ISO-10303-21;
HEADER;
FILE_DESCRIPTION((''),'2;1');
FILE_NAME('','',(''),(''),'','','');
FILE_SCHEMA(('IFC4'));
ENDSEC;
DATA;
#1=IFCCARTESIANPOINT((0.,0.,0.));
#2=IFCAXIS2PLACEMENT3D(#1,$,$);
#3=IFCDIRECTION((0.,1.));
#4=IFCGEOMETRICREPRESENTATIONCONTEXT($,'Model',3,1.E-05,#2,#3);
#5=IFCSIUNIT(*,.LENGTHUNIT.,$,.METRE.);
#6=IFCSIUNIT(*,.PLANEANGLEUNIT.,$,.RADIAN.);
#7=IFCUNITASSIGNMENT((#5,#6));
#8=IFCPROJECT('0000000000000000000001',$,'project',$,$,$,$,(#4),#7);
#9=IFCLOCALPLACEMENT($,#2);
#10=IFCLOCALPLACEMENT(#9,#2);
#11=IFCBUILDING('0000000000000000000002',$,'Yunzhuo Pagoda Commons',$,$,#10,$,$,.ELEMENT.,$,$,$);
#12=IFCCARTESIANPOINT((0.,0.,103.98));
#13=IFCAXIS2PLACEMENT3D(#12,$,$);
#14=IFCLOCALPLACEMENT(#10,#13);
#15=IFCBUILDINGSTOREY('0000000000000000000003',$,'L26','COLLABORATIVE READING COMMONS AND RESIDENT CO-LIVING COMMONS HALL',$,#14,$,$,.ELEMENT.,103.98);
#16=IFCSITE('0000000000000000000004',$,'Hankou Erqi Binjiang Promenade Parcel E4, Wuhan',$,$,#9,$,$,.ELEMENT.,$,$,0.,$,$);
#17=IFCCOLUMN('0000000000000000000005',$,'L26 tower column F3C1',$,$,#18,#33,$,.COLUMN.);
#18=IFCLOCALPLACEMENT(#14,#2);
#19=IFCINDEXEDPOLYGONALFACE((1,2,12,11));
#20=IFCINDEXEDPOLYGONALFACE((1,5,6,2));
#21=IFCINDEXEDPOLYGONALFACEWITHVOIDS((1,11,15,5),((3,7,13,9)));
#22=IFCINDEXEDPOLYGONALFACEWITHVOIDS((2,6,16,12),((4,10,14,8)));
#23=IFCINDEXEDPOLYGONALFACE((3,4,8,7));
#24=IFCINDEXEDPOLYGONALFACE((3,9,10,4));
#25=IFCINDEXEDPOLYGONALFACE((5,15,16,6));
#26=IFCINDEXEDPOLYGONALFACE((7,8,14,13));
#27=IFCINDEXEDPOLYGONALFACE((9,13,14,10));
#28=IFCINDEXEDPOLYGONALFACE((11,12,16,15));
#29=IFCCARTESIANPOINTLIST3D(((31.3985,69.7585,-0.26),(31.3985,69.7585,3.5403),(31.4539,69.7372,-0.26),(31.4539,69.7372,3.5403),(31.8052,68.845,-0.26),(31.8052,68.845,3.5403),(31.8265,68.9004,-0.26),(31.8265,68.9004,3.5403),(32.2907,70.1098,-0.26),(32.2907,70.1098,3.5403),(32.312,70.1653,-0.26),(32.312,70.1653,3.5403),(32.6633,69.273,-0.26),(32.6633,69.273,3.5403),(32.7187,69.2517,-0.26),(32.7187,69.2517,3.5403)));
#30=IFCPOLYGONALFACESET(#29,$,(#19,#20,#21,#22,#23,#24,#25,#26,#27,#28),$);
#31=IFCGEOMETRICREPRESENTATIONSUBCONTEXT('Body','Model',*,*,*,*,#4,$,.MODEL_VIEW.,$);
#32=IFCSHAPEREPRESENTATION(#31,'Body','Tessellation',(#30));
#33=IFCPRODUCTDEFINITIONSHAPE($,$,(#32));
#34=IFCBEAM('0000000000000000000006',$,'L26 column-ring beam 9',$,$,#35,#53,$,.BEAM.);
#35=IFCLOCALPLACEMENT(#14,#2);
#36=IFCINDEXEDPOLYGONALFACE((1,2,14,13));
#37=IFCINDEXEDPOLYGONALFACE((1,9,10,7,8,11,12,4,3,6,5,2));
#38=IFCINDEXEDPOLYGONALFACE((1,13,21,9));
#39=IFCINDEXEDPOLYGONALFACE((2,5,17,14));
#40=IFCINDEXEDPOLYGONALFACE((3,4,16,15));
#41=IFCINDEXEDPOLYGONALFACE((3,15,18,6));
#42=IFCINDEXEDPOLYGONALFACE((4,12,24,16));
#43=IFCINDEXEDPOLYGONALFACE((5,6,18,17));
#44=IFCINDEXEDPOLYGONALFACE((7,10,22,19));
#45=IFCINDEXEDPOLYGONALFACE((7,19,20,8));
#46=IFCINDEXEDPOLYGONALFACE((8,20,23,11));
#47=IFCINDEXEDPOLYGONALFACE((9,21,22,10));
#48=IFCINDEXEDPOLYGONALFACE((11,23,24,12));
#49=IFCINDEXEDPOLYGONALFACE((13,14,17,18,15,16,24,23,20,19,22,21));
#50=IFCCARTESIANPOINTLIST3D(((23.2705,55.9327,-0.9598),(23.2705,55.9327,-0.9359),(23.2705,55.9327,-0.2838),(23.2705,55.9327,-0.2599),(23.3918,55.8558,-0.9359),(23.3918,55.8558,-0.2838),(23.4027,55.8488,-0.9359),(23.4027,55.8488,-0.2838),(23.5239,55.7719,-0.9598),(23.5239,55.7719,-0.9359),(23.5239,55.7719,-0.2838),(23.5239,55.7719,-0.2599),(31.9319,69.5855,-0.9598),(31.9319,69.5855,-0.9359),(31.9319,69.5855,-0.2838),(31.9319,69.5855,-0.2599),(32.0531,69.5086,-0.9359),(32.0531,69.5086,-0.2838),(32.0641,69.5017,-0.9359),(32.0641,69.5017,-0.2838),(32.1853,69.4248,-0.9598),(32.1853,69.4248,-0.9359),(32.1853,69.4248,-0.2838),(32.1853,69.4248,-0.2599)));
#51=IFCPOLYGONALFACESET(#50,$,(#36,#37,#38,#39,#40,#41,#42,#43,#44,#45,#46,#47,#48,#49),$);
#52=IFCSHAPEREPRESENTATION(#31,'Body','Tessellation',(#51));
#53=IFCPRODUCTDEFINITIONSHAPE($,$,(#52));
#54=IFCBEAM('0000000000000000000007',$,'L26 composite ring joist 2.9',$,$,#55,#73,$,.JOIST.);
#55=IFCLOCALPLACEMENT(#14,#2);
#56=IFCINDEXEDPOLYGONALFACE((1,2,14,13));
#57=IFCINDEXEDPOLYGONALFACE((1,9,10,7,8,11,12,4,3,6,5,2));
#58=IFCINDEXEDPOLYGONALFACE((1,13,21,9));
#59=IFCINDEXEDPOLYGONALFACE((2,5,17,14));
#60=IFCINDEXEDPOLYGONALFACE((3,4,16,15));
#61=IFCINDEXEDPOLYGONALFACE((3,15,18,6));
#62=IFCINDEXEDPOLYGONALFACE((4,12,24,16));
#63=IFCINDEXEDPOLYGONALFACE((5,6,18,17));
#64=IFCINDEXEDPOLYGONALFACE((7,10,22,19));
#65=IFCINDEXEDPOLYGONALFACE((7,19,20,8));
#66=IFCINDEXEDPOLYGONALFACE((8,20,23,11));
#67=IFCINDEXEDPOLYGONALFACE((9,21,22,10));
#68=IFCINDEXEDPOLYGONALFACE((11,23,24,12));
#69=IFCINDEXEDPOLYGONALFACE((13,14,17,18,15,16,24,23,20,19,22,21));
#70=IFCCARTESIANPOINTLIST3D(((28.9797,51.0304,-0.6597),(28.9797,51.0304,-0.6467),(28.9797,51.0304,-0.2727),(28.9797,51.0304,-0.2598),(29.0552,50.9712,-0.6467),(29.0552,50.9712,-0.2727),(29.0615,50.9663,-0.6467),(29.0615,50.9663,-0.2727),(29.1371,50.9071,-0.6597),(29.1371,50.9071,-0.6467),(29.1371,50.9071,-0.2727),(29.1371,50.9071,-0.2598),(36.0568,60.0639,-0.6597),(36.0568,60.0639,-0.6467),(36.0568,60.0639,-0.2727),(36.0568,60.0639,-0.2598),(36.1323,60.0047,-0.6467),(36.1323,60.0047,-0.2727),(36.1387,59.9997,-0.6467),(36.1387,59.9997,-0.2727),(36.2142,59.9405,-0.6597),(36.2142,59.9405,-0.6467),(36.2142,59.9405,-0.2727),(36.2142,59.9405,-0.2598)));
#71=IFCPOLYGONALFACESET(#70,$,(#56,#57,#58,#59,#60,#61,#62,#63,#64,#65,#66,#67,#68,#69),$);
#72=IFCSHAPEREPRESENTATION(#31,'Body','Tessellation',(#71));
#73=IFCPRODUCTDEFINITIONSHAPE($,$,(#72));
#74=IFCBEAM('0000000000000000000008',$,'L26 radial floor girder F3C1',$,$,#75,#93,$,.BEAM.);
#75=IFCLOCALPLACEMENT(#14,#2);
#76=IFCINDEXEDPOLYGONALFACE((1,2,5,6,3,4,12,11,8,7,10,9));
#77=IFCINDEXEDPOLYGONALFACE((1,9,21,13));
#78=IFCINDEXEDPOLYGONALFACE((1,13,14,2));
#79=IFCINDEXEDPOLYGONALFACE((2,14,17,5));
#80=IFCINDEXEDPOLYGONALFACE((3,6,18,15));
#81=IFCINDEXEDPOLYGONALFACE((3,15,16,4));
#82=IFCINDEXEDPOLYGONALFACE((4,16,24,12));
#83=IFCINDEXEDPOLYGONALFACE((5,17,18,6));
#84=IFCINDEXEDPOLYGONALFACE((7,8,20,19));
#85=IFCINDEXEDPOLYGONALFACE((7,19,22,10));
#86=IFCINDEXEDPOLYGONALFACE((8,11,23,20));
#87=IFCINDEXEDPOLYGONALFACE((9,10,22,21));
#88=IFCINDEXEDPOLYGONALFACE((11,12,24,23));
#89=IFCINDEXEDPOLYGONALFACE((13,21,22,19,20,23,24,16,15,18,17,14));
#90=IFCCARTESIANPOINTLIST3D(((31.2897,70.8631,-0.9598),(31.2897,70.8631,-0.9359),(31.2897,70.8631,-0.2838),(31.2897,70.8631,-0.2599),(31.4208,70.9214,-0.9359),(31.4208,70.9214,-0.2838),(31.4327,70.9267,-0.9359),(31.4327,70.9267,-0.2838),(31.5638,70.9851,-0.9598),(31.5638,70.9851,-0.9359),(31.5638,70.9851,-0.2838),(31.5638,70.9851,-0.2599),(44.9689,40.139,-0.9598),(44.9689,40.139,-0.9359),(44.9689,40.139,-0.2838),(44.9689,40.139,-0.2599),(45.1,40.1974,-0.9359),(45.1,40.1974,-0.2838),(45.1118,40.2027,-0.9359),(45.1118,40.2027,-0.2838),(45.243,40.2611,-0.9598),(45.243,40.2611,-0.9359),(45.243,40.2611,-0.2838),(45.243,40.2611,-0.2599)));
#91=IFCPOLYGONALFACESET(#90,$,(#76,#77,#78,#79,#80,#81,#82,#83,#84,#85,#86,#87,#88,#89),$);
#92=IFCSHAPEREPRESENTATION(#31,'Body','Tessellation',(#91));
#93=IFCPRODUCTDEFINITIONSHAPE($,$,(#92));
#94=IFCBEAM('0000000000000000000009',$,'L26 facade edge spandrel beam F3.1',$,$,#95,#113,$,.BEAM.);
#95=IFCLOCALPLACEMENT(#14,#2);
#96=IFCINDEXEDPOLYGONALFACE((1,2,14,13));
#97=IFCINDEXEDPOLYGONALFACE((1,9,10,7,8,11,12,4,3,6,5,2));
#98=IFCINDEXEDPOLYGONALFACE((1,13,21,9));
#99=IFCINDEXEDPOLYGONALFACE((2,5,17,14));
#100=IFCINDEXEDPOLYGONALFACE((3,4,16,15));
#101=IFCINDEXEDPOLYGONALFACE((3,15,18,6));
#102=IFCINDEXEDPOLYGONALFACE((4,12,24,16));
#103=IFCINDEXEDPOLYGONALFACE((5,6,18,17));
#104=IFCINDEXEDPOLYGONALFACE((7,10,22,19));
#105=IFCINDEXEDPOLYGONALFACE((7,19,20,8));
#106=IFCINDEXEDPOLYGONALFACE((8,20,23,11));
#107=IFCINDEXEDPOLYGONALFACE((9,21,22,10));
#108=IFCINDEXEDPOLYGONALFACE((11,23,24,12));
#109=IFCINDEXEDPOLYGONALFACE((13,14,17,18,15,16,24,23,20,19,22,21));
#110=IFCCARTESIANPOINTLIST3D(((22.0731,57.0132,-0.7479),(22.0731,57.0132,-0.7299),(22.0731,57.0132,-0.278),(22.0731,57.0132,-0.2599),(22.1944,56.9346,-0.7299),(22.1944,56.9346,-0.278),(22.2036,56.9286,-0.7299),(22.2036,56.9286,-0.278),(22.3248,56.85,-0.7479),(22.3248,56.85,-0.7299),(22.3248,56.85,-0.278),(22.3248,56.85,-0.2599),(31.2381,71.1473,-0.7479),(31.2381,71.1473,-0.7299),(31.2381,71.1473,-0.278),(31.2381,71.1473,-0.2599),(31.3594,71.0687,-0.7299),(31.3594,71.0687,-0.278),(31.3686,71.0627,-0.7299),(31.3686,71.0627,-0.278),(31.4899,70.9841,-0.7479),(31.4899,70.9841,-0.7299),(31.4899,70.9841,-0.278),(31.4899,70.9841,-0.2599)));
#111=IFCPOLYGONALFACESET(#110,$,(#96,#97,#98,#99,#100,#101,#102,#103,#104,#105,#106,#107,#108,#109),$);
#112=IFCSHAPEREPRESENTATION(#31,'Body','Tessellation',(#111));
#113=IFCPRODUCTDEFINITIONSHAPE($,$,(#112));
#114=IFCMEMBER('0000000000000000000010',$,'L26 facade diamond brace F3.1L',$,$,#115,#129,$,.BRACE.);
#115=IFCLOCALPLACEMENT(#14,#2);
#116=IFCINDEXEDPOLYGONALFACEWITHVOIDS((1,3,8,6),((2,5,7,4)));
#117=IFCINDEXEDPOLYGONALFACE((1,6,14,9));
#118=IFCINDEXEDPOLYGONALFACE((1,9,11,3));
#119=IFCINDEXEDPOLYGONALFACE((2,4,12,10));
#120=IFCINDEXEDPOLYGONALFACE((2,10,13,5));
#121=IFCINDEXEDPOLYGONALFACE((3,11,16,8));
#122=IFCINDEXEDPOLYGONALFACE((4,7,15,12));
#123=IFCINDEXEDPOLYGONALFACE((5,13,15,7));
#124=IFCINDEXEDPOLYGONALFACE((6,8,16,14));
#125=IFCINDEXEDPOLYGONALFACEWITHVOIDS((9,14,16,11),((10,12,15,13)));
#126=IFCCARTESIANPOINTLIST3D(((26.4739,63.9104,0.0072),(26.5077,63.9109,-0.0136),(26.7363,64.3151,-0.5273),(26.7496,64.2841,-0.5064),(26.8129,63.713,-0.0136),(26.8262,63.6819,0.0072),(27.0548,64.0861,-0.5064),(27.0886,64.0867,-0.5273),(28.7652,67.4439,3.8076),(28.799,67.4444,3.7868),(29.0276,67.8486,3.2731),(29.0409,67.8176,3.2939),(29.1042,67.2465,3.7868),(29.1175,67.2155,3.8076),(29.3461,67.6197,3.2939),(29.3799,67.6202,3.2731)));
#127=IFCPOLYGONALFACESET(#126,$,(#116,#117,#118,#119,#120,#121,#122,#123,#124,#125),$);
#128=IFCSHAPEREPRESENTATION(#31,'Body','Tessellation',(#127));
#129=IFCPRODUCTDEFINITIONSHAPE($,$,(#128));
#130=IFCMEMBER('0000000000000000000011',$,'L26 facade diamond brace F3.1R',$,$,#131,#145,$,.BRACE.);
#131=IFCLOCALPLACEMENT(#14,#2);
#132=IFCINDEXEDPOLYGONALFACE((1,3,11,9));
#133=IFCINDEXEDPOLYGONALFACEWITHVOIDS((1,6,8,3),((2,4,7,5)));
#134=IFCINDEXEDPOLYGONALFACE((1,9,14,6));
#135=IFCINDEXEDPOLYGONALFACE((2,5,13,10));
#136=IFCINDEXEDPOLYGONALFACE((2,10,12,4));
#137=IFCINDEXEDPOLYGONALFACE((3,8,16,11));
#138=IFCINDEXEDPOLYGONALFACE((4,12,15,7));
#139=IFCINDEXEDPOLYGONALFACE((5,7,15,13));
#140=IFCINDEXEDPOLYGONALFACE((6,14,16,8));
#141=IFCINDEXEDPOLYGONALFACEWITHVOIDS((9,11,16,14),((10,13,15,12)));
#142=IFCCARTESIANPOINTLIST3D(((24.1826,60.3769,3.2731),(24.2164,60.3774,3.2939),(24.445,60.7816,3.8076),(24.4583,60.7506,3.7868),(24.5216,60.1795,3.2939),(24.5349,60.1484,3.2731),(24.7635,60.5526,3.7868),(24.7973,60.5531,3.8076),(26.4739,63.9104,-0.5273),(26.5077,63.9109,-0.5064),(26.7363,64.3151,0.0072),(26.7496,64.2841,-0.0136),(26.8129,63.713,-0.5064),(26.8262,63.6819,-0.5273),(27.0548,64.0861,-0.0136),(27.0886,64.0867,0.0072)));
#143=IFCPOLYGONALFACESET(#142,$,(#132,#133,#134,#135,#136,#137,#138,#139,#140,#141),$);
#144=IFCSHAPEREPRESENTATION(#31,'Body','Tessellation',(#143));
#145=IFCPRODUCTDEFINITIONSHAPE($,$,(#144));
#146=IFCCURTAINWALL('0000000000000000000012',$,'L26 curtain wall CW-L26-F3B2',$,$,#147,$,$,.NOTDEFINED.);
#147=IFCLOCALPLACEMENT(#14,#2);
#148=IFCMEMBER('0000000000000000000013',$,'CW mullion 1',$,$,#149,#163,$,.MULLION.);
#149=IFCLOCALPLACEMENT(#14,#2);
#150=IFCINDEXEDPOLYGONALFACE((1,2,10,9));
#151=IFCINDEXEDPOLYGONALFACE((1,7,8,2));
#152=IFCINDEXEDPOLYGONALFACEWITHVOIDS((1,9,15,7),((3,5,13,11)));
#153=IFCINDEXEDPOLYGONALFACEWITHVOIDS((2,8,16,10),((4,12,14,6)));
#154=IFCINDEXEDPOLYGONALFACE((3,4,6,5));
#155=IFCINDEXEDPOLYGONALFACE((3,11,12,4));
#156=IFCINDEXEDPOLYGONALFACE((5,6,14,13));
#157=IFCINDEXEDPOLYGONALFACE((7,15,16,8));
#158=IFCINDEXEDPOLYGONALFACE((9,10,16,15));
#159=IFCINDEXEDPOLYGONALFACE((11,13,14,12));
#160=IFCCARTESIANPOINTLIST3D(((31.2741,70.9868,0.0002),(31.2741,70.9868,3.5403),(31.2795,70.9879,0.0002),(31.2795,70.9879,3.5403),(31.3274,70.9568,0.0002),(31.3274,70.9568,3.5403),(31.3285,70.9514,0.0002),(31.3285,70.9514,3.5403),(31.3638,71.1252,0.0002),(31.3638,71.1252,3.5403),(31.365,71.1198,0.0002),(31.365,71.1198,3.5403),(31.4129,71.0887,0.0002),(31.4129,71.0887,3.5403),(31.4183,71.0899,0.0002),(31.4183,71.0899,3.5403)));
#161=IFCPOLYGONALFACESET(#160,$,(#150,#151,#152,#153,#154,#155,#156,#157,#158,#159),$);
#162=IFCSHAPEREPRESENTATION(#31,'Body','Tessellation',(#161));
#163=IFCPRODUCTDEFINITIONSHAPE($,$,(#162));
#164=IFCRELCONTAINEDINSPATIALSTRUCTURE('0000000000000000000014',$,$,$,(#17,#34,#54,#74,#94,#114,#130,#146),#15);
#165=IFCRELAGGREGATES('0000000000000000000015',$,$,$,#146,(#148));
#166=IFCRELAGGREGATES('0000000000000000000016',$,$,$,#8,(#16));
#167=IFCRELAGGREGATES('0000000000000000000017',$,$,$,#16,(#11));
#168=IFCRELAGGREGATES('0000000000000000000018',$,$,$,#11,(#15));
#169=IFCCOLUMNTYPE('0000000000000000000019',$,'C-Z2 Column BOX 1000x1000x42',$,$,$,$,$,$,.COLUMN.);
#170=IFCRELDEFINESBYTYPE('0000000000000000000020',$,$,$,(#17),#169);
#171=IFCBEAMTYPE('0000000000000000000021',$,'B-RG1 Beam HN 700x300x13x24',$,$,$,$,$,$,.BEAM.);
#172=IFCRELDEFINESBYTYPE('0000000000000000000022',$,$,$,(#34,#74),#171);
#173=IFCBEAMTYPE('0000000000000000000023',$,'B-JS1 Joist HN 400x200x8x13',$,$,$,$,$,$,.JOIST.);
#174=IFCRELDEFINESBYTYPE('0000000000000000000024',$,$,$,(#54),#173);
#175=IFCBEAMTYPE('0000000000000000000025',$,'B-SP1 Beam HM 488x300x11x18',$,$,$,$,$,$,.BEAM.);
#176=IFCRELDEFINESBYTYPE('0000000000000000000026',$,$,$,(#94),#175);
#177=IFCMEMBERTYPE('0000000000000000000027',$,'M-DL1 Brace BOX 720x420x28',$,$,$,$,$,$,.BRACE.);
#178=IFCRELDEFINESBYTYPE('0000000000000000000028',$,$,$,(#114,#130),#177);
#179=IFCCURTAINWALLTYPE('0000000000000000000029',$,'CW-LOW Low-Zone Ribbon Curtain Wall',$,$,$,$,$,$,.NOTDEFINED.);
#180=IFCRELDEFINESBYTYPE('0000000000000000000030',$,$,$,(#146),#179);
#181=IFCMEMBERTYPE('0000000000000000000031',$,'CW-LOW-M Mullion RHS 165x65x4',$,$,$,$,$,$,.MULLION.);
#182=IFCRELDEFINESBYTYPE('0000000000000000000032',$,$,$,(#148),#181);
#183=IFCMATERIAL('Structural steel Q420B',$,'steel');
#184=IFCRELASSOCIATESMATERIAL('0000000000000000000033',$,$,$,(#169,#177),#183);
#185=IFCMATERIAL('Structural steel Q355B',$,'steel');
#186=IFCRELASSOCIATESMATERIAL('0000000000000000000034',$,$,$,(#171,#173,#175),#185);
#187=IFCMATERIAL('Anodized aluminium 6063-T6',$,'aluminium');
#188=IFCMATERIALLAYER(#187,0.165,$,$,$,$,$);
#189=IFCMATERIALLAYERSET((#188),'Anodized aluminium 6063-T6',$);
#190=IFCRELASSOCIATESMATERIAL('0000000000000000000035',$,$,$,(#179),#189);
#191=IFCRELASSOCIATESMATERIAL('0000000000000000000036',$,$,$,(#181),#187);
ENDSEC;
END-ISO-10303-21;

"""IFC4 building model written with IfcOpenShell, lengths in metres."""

from ifc_helpers import new_model, si_unit, direction, frame, origin, origin_2d, place, context, subcontext, project, spatial, hollow_rectangle, i_section, extrude, source, transform, mapped, material, layer, layer_set, material_profile, profile_set, type_object, element, aggregate, save


model = new_model("IFC4")

# Units and contexts
model_context = context("Model", 3, precision=1e-05, world=origin(), true_north=direction((0.0, 1.0)))
body_context = subcontext(model_context, "Body", "Model", "MODEL_VIEW")
ifc_project = project(units=[si_unit("LENGTHUNIT", "METRE"), si_unit("PLANEANGLEUNIT", "RADIAN")], contexts=[model_context])

# Site, building, storey
site_placement = place(None, origin())
site = spatial("IfcSite", under=ifc_project, at=site_placement, Name="Hankou Erqi Binjiang Promenade Parcel E4, Wuhan", CompositionType="ELEMENT", RefElevation=0.0)
building_placement = place(site_placement, origin())
building = spatial("IfcBuilding", under=site, at=building_placement, Name="Yunzhuo Pagoda Commons", CompositionType="ELEMENT")
storey_placement = place(building_placement, frame((0.0, 0.0, 103.98)))
storey = spatial("IfcBuildingStorey", under=building, at=storey_placement, Name="L26", Description="COLLABORATIVE READING COMMONS AND RESIDENT CO-LIVING COMMONS HALL", CompositionType="ELEMENT", Elevation=103.98)

# Column
ifc_material_1 = material(Name="Structural steel Q420B", Category="steel")
ifc_material_profile_1 = material_profile(ifc_material_1, hollow_rectangle(XDim=1.0, YDim=1.0, WallThickness=0.042, at=origin_2d()), Name="Structural steel Q420B")
ifc_profile_set_1 = profile_set([ifc_material_profile_1], Name="Structural steel Q420B")
column_type = type_object("IfcColumnType", Name="C-Z2 Column BOX 1000x1000x42", PredefinedType="COLUMN", material=ifc_profile_set_1)
shared_shape_1 = source(origin(), body_context, "Body", "SweptSolid", [
    extrude(hollow_rectangle(XDim=1.0, YDim=1.0, WallThickness=0.042, at=origin_2d()), origin(), (0.0, 0.0, 1.0), 3.8003),
])
column_placement = place(storey_placement, frame((32.0586, 69.5051, -0.26), z_axis=(0.0, 0.0, 1.0), x_axis=(-0.913545, -0.406737, 0.0)))
element("IfcColumn", 1, at=column_placement, inside=storey, type_object=column_type, Name="L26 tower column F3C1", PredefinedType="COLUMN", context=body_context, shape_type="MappedRepresentation", body=[
    mapped(shared_shape_1, transform((0.0, 0.0, 0.0), scale=1.0)),
])

# Beams
ifc_material_2 = material(Name="Structural steel Q355B", Category="steel")
ifc_material_profile_2 = material_profile(ifc_material_2, i_section(OverallWidth=0.3, OverallDepth=0.7, WebThickness=0.0129, FlangeThickness=0.0239, at=origin_2d()), Name="Structural steel Q355B")
ifc_profile_set_2 = profile_set([ifc_material_profile_2], Name="Structural steel Q355B")
beam_type_1 = type_object("IfcBeamType", Name="B-RG1 Beam HN 700x300x13x24", PredefinedType="BEAM", material=ifc_profile_set_2)
shared_shape_2 = source(origin(), body_context, "Body", "SweptSolid", [
    extrude(i_section(OverallWidth=0.3, OverallDepth=0.7, WebThickness=0.0129, FlangeThickness=0.0239, at=origin_2d()), origin(), (0.0, 0.0, 1.0), 16.1685),
])
beam_1_placement = place(storey_placement, frame((32.0586, 69.5051, -0.6099), z_axis=(-0.535696, -0.844411, 0.0), x_axis=(0.844411, -0.535696, 0.0)))
element("IfcBeam", 2, at=beam_1_placement, inside=storey, type_object=beam_type_1, Name="L26 column-ring beam 9", PredefinedType="BEAM", context=body_context, shape_type="MappedRepresentation", body=[
    mapped(shared_shape_2, transform((0.0, 0.0, 0.0), scale=1.0)),
])
ifc_material_profile_3 = material_profile(ifc_material_2, i_section(OverallWidth=0.2, OverallDepth=0.3999, WebThickness=0.0081, FlangeThickness=0.0129, at=origin_2d()), Name="Structural steel Q355B")
ifc_profile_set_3 = profile_set([ifc_material_profile_3], Name="Structural steel Q355B")
beam_type_2 = type_object("IfcBeamType", Name="B-JS1 Joist HN 400x200x8x13", PredefinedType="JOIST", material=ifc_profile_set_3)
shared_shape_3 = source(origin(), body_context, "Body", "SweptSolid", [
    extrude(i_section(OverallWidth=0.2, OverallDepth=0.3999, WebThickness=0.0081, FlangeThickness=0.0129, at=origin_2d()), origin(), (0.0, 0.0, 1.0), 11.4756),
])
beam_2_placement = place(storey_placement, frame((36.1355, 60.0022, -0.4597), z_axis=(-0.616713, -0.787188, 0.0), x_axis=(0.787188, -0.616713, 0.0)))
element("IfcBeam", 3, at=beam_2_placement, inside=storey, type_object=beam_type_2, Name="L26 composite ring joist 2.9", PredefinedType="JOIST", context=body_context, shape_type="MappedRepresentation", body=[
    mapped(shared_shape_3, transform((0.0, 0.0, 0.0), scale=1.0)),
])
shared_shape_4 = source(origin(), body_context, "Body", "SweptSolid", [
    extrude(i_section(OverallWidth=0.3, OverallDepth=0.7, WebThickness=0.0129, FlangeThickness=0.0239, at=origin_2d()), origin(), (0.0, 0.0, 1.0), 33.6316),
])
beam_3_placement = place(storey_placement, frame((31.4268, 70.9241, -0.6099), z_axis=(0.406735, -0.913546, 0.0), x_axis=(0.913546, 0.406735, 0.0)))
element("IfcBeam", 4, at=beam_3_placement, inside=storey, type_object=beam_type_1, Name="L26 radial floor girder F3C1", PredefinedType="BEAM", context=body_context, shape_type="MappedRepresentation", body=[
    mapped(shared_shape_4, transform((0.0, 0.0, 0.0), scale=1.0)),
])
ifc_material_profile_4 = material_profile(ifc_material_2, i_section(OverallWidth=0.3, OverallDepth=0.488, WebThickness=0.011, FlangeThickness=0.0181, at=origin_2d()), Name="Structural steel Q355B")
ifc_profile_set_4 = profile_set([ifc_material_profile_4], Name="Structural steel Q355B")
beam_type_3 = type_object("IfcBeamType", Name="B-SP1 Beam HM 488x300x11x18", PredefinedType="BEAM", material=ifc_profile_set_4)
shared_shape_5 = source(origin(), body_context, "Body", "SweptSolid", [
    extrude(i_section(OverallWidth=0.3, OverallDepth=0.488, WebThickness=0.011, FlangeThickness=0.0181, at=origin_2d()), origin(), (0.0, 0.0, 1.0), 16.8455),
])
beam_4_placement = place(storey_placement, frame((31.364, 71.0657, -0.5039), z_axis=(-0.544066, -0.839042, 0.0), x_axis=(0.839042, -0.544066, 0.0)))
element("IfcBeam", 5, at=beam_4_placement, inside=storey, type_object=beam_type_3, Name="L26 facade edge spandrel beam F3.1", PredefinedType="BEAM", context=body_context, shape_type="MappedRepresentation", body=[
    mapped(shared_shape_5, transform((0.0, 0.0, 0.0), scale=1.0)),
])

# Members
ifc_material_profile_5 = material_profile(ifc_material_1, hollow_rectangle(XDim=0.4199, YDim=0.72, WallThickness=0.0281, at=origin_2d()), Name="Structural steel Q420B")
ifc_profile_set_5 = profile_set([ifc_material_profile_5], Name="Structural steel Q420B")
member_type_1 = type_object("IfcMemberType", Name="M-DL1 Brace BOX 720x420x28", PredefinedType="BRACE", material=ifc_profile_set_5)
shared_shape_6 = source(origin(), body_context, "Body", "SweptSolid", [
    extrude(hollow_rectangle(XDim=0.4199, YDim=0.72, WallThickness=0.0281, at=origin_2d()), origin(), (0.0, 0.0, 1.0), 5.6726),
])
for number, where, z_axis, x_axis, name in (
    (6, (26.7812, 63.9985, -0.26), (0.403924, 0.622907, 0.669949), (-0.839038, 0.544073, 0.0), "L26 facade diamond brace F3.1L"),
    (7, (26.7812, 63.9985, -0.26), (-0.403924, -0.622907, 0.669949), (0.839038, -0.544073, 0.0), "L26 facade diamond brace F3.1R"),
):
    element("IfcMember", number, at=place(storey_placement, frame(where, z_axis=z_axis, x_axis=x_axis)), inside=storey, type_object=member_type_1, Name=name, PredefinedType="BRACE", context=body_context, shape_type="MappedRepresentation", body=[
        mapped(shared_shape_6, transform((0.0, 0.0, 0.0), scale=1.0)),
    ])

# Curtain wall, member
ifc_material_3 = material(Name="Anodized aluminium 6063-T6", Category="aluminium")
ifc_layer_1 = layer(ifc_material_3, 0.165)
ifc_layer_set_1 = layer_set([ifc_layer_1], Name="Anodized aluminium 6063-T6")
curtain_wall_type = type_object("IfcCurtainWallType", Name="CW-LOW Low-Zone Ribbon Curtain Wall", PredefinedType="NOTDEFINED", material=ifc_layer_set_1)
curtain_wall_1_placement = place(storey_placement, origin())
curtain_wall_1 = element("IfcCurtainWall", 8, at=curtain_wall_1_placement, inside=storey, type_object=curtain_wall_type, Name="L26 curtain wall CW-L26-F3B2", PredefinedType="NOTDEFINED")
ifc_material_profile_6 = material_profile(ifc_material_3, hollow_rectangle(XDim=0.0649, YDim=0.165, WallThickness=0.0039, at=origin_2d()), Name="Anodized aluminium 6063-T6")
ifc_profile_set_6 = profile_set([ifc_material_profile_6], Name="Anodized aluminium 6063-T6")
member_type_2 = type_object("IfcMemberType", Name="CW-LOW-M Mullion RHS 165x65x4", PredefinedType="MULLION", material=ifc_profile_set_6)
shared_shape_7 = source(origin(), body_context, "Body", "SweptSolid", [
    extrude(hollow_rectangle(XDim=0.0649, YDim=0.165, WallThickness=0.0039, at=origin_2d()), origin(), (0.0, 0.0, 1.0), 3.54),
])
member_1_placement = place(storey_placement, frame((31.3462, 71.0383, 0.0002), z_axis=(0.0, 0.0, 1.0), x_axis=(0.83904, -0.54407, 0.0)))
member_1 = element("IfcMember", 9, at=member_1_placement, type_object=member_type_2, Name="CW mullion 1", PredefinedType="MULLION", context=body_context, shape_type="MappedRepresentation", body=[
    mapped(shared_shape_7, transform((0.0, 0.0, 0.0), scale=1.0)),
])

aggregate(curtain_wall_1, [member_1])

save(model, "model.ifc")
